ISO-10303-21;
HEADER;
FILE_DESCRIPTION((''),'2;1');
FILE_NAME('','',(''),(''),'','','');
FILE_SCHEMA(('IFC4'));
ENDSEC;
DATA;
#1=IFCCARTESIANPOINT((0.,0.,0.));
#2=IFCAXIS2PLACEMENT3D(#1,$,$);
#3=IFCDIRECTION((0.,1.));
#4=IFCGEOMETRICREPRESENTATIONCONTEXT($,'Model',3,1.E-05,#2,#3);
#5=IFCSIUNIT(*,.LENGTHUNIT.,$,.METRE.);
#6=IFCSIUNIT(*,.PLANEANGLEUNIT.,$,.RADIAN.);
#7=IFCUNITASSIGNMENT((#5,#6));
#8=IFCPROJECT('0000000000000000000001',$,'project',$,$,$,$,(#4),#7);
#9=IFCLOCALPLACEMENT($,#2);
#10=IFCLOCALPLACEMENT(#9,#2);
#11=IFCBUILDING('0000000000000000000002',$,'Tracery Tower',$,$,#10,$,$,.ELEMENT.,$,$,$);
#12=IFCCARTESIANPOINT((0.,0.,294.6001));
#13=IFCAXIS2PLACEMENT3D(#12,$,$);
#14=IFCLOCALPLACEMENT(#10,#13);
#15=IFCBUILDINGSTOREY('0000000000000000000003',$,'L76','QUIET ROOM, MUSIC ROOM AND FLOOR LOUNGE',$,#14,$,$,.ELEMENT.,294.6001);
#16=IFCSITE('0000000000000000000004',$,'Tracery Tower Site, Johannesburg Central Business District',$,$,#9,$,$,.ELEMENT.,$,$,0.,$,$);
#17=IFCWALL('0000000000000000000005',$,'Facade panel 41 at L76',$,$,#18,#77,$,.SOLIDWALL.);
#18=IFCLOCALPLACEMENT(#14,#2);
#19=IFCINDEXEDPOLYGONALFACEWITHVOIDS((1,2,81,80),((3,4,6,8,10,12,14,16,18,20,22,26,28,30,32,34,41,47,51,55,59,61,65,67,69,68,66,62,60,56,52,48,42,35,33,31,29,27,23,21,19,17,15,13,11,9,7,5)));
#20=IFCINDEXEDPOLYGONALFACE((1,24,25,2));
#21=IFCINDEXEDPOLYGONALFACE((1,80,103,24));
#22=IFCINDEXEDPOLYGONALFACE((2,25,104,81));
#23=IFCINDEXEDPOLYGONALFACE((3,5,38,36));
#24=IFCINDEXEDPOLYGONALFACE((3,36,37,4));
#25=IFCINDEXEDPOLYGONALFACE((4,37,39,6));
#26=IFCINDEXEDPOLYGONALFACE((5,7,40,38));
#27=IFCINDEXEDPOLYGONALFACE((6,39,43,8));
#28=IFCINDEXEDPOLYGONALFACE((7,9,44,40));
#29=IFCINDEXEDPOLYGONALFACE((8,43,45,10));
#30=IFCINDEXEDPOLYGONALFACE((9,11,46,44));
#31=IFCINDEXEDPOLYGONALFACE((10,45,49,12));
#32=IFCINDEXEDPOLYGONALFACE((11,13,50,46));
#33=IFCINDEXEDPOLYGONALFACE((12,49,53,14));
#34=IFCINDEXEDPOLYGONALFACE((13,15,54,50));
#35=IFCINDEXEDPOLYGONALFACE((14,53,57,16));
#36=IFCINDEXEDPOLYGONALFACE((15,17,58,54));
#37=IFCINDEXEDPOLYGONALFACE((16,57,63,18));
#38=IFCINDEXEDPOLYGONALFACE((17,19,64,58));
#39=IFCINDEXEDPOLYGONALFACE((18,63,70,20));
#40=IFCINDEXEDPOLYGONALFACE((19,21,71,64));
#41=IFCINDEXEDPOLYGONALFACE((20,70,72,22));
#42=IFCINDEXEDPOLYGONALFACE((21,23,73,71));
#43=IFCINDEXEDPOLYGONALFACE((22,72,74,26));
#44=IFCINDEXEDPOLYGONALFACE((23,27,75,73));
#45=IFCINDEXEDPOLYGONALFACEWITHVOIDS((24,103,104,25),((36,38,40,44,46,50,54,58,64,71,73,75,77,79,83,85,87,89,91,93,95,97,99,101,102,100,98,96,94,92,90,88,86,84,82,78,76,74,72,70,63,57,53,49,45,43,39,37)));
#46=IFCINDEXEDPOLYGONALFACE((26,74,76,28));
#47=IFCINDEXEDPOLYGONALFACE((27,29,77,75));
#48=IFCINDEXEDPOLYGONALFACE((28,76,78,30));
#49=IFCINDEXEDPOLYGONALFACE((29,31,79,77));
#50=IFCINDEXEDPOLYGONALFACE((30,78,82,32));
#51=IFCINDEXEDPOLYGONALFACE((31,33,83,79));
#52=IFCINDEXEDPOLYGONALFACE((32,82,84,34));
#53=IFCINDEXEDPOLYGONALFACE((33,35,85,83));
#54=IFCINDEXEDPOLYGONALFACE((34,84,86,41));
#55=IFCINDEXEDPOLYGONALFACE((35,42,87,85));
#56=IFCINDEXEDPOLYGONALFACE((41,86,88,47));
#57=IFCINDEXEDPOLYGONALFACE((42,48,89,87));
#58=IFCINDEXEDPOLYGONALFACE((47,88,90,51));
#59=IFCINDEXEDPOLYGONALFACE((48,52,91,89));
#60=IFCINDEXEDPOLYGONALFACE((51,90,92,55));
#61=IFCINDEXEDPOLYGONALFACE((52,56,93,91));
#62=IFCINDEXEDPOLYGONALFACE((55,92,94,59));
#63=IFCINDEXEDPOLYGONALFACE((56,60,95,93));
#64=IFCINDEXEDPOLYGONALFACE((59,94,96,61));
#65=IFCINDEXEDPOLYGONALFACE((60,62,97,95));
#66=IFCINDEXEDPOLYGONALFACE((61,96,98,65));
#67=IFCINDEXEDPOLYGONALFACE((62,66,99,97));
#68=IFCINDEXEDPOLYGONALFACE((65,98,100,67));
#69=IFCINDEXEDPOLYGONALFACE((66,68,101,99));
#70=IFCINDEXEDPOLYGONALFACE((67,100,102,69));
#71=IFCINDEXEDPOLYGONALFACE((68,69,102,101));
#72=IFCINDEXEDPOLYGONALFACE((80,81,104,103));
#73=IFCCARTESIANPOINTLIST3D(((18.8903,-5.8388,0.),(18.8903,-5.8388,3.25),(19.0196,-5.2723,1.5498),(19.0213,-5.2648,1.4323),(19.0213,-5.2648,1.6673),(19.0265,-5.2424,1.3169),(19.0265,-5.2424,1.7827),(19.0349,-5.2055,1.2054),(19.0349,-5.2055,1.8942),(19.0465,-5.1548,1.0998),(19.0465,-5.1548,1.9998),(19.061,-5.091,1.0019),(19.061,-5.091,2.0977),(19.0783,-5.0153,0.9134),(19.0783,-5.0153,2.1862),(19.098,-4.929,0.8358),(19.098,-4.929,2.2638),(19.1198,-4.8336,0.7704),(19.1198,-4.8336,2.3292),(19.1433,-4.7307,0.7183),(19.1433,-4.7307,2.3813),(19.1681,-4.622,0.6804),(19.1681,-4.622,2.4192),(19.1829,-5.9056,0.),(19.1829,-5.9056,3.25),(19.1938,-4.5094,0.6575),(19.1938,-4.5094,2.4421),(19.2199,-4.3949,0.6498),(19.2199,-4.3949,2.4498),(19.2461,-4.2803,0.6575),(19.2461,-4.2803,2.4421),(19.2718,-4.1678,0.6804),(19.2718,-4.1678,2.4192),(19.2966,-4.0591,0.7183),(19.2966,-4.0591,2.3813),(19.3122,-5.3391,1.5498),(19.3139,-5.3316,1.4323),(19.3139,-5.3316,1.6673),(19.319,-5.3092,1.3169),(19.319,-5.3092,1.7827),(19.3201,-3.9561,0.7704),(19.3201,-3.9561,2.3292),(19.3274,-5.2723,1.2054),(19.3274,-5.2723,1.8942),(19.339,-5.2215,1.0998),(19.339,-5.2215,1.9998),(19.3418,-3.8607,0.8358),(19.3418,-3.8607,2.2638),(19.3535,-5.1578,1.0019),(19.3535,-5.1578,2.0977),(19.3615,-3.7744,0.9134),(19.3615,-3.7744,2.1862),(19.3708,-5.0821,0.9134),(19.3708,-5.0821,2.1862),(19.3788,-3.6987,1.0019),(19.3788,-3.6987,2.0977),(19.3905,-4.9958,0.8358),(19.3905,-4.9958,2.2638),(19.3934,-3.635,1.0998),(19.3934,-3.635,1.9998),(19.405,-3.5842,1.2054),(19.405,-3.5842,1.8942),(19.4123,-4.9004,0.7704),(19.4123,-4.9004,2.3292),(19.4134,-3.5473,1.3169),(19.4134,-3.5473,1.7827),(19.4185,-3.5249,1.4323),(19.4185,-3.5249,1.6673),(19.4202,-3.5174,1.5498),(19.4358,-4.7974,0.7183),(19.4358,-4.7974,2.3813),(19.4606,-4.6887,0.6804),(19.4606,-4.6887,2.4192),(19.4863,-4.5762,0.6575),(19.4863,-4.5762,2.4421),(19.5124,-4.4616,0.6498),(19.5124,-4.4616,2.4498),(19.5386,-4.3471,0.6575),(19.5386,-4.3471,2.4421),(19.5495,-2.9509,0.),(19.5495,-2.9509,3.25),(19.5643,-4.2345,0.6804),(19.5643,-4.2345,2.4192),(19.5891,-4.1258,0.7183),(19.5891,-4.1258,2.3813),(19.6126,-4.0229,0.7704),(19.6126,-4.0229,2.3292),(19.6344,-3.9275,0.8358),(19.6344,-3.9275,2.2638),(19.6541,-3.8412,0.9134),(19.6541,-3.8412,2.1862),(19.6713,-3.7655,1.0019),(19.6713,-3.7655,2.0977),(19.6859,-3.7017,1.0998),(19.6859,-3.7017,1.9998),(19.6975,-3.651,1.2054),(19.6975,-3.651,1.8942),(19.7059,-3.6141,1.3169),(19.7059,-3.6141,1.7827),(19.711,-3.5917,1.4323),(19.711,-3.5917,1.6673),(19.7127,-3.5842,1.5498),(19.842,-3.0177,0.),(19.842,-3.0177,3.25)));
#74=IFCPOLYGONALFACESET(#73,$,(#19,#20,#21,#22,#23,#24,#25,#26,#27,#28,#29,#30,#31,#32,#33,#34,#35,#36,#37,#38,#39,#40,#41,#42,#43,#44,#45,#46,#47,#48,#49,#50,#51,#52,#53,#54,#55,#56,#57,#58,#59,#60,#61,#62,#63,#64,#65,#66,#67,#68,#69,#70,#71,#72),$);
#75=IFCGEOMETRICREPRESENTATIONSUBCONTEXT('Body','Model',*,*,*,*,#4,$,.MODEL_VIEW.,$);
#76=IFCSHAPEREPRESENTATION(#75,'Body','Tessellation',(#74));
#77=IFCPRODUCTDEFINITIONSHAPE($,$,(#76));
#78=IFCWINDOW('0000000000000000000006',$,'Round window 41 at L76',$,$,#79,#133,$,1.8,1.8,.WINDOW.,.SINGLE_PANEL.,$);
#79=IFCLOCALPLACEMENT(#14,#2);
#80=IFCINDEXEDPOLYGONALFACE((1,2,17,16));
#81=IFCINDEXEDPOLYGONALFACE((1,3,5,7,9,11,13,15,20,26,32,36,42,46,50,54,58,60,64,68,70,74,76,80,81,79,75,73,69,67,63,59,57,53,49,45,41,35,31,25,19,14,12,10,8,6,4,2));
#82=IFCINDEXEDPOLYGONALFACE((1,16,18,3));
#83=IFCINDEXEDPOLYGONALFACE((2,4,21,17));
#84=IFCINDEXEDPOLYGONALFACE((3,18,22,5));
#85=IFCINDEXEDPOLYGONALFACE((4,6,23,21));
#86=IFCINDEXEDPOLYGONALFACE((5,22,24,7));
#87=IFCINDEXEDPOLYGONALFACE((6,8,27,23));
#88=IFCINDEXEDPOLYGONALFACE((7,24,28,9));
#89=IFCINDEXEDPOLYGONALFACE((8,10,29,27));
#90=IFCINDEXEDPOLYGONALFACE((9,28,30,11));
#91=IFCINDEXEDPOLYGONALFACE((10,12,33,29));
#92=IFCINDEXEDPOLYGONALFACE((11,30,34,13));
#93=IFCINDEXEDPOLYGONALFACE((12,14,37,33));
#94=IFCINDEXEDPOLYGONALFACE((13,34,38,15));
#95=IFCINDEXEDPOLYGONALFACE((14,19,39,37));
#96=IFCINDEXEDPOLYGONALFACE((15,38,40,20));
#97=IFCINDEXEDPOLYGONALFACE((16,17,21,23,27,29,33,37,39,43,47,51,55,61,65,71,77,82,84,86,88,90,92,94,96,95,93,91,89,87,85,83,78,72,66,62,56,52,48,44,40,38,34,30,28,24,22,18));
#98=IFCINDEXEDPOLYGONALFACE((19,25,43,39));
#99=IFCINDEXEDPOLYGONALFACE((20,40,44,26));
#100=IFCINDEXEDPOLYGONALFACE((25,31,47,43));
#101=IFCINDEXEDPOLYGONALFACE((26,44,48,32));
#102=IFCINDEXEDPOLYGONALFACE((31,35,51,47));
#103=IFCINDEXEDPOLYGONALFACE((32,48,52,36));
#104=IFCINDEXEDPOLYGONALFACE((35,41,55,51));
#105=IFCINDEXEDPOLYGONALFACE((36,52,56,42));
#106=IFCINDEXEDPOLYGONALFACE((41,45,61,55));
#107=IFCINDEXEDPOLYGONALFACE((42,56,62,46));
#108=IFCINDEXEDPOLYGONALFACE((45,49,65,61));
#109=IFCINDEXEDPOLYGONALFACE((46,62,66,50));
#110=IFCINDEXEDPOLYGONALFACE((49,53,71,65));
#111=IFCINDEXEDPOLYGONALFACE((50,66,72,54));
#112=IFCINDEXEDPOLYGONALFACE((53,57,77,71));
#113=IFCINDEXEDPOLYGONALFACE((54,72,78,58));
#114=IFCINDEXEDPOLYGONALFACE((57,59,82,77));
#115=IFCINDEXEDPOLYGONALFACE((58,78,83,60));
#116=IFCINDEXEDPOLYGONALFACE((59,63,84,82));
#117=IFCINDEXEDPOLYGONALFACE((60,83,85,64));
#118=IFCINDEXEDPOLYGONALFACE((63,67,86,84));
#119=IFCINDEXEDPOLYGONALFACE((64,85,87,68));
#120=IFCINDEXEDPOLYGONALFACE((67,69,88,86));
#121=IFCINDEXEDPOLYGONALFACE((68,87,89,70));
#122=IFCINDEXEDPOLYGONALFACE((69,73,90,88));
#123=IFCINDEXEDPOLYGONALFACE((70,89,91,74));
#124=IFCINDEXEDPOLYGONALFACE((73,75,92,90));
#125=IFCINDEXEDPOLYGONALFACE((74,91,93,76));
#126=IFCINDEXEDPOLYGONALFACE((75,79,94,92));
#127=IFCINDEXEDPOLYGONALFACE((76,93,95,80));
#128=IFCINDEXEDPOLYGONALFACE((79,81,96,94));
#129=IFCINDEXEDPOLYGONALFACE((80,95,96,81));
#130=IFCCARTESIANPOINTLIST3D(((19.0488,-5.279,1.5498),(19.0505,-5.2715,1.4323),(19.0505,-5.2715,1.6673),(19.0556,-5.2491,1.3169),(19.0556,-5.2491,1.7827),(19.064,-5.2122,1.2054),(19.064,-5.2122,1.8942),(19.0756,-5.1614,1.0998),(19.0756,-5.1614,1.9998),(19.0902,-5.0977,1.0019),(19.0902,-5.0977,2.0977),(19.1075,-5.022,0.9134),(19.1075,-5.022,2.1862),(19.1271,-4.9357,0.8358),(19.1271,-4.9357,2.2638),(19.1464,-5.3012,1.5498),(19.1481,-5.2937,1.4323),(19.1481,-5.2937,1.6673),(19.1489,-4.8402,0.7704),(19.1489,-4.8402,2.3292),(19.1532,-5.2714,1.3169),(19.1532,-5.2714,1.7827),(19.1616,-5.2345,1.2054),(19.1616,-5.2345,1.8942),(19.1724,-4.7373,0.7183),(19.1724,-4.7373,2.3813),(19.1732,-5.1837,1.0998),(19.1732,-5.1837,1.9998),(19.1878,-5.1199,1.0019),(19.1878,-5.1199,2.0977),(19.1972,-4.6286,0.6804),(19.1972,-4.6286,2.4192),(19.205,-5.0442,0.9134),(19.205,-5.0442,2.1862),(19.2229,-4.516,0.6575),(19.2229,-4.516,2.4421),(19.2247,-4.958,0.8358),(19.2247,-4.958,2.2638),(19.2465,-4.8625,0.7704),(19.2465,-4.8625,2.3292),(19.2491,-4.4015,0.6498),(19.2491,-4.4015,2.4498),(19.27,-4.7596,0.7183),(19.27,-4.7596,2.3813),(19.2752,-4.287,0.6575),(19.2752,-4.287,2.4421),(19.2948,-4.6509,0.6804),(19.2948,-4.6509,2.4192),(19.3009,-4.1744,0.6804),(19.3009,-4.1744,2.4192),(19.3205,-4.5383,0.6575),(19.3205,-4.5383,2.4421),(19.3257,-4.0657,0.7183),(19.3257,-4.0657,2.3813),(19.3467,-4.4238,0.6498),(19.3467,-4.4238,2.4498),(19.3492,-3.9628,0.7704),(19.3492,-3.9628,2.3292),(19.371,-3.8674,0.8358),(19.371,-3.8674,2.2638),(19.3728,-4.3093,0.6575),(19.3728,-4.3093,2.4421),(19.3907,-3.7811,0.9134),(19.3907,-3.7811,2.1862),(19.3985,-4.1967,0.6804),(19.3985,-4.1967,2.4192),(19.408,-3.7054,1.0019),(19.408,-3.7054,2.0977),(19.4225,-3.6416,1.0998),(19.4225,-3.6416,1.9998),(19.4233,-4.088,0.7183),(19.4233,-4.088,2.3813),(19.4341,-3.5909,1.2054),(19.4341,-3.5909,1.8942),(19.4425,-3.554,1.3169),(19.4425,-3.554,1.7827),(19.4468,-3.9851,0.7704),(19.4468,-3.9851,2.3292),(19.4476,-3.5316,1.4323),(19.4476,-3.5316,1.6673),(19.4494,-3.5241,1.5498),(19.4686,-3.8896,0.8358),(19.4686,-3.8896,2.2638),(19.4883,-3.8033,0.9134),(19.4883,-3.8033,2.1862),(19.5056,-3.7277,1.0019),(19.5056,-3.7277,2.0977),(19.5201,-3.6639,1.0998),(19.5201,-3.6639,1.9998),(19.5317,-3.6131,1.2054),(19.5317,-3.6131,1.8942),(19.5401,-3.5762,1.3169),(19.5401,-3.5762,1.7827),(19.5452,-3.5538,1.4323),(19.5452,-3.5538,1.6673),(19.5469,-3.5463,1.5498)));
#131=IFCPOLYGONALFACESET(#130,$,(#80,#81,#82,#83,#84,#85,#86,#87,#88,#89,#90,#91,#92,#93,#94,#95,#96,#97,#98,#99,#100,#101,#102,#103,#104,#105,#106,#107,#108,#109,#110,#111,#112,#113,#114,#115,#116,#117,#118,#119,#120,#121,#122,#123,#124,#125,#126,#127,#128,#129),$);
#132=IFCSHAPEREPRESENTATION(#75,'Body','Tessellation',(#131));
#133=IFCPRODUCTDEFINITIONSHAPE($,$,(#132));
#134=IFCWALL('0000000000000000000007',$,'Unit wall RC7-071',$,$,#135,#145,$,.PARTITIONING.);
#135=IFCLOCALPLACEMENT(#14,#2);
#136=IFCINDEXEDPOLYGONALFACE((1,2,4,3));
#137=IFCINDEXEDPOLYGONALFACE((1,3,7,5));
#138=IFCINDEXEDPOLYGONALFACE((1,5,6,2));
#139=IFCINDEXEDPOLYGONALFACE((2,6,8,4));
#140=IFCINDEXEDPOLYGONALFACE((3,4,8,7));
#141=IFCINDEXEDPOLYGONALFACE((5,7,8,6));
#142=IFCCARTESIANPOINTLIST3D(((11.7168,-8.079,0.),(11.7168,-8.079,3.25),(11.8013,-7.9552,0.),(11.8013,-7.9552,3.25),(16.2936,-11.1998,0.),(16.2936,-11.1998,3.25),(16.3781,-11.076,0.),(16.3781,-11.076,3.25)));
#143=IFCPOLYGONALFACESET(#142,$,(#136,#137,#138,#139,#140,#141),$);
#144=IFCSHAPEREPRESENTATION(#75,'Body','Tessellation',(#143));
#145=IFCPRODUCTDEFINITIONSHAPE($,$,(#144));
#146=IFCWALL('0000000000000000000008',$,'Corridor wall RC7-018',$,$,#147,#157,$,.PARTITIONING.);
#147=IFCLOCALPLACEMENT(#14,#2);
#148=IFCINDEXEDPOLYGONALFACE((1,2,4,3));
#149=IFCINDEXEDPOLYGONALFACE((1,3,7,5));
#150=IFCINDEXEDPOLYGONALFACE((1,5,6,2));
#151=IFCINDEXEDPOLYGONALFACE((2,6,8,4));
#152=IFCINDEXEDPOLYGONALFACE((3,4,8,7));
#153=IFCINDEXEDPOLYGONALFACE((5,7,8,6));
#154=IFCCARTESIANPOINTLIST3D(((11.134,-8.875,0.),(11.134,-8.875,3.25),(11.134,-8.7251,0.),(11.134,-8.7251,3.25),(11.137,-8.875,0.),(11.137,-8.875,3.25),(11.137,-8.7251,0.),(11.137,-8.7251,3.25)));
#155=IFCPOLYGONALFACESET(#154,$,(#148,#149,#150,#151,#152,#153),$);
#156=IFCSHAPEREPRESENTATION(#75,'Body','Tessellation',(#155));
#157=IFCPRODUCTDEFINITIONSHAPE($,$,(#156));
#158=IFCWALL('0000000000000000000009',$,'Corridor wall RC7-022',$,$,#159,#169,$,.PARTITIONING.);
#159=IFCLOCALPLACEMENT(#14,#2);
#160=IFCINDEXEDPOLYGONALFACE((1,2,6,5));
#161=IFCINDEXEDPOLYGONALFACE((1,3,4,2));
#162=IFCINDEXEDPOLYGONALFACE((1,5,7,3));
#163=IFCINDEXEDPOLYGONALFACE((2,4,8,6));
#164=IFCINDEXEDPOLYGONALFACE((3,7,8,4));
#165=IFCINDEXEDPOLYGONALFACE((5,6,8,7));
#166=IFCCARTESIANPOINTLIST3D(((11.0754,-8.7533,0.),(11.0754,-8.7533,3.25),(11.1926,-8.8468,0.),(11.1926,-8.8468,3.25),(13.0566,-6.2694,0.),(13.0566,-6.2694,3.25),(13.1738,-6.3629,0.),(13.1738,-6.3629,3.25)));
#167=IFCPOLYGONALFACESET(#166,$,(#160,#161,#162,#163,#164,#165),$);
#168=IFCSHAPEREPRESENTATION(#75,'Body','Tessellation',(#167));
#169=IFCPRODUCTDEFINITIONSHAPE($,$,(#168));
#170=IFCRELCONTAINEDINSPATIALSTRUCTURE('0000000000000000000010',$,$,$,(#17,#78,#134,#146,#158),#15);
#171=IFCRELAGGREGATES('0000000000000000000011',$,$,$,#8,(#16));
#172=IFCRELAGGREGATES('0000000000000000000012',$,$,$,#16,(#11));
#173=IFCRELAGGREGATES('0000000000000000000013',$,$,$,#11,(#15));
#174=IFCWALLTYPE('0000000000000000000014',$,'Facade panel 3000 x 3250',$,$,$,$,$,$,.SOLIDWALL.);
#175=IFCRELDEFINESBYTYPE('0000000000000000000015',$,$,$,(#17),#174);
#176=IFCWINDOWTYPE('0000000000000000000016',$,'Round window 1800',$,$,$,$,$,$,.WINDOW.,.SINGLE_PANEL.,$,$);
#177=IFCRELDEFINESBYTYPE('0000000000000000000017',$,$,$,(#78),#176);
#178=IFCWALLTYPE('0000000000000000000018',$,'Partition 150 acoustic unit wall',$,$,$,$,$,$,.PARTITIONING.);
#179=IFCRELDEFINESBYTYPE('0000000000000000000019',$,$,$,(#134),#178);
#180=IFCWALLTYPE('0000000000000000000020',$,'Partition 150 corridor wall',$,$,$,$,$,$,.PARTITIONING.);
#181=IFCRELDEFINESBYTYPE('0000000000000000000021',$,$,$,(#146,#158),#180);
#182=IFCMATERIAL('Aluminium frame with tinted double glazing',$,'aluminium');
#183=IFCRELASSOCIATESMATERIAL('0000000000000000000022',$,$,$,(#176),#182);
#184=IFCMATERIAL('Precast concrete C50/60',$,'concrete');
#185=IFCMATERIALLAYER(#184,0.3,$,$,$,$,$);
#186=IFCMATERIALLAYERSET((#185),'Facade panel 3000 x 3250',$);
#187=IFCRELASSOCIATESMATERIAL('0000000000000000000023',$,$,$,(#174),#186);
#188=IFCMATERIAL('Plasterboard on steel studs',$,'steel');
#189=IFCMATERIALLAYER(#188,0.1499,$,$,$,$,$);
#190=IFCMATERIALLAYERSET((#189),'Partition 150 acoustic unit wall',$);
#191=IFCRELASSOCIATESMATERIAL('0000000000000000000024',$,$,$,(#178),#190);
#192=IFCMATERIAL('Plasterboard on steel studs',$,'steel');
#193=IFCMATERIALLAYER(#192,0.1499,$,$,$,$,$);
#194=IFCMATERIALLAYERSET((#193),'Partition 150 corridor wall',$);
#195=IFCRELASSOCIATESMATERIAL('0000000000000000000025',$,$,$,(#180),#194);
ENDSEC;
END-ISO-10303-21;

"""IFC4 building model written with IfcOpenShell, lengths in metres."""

from ifc_helpers import new_model, si_unit, direction, frame, frame_2d, origin, origin_2d, place, context, subcontext, project, spatial, rectangle, circle, extrude, material, layer, layer_set, type_object, element, fill, save


model = new_model("IFC4")

# Units and contexts
model_context = context("Model", 3, precision=1e-05, world=origin(), true_north=direction((0.0, 1.0)))
body_context = subcontext(model_context, "Body", "Model", "MODEL_VIEW")
ifc_project = project(units=[si_unit("LENGTHUNIT", "METRE"), si_unit("PLANEANGLEUNIT", "RADIAN")], contexts=[model_context])

# Site, building, storey
site_placement = place(None, origin())
site = spatial("IfcSite", under=ifc_project, at=site_placement, Name="Tracery Tower Site, Johannesburg Central Business District", CompositionType="ELEMENT", RefElevation=0.0)
building_placement = place(site_placement, origin())
building = spatial("IfcBuilding", under=site, at=building_placement, Name="Tracery Tower", CompositionType="ELEMENT")
storey_placement = place(building_placement, frame((0.0, 0.0, 294.6001)))
storey = spatial("IfcBuildingStorey", under=building, at=storey_placement, Name="L76", Description="QUIET ROOM, MUSIC ROOM AND FLOOR LOUNGE", CompositionType="ELEMENT", Elevation=294.6001)

# Wall, opening, window
ifc_material_1 = material(Name="Aluminium frame with tinted double glazing", Category="aluminium")
window_type = type_object("IfcWindowType", Name="Round window 1800", PartitioningType="SINGLE_PANEL", PredefinedType="WINDOW", material=ifc_material_1)
ifc_material_2 = material(Name="Precast concrete C50/60", Category="concrete")
ifc_layer_1 = layer(ifc_material_2, 0.3)
ifc_layer_set_1 = layer_set([ifc_layer_1], Name="Facade panel 3000 x 3250")
wall_type_1 = type_object("IfcWallType", Name="Facade panel 3000 x 3250", PredefinedType="SOLIDWALL", material=ifc_layer_set_1)
wall_1_placement = place(storey_placement, frame((19.0366, -5.8721, 0.0), z_axis=(0.0, 0.0, 1.0), x_axis=(0.222529, 0.974926, 0.0)))
wall_1 = element("IfcWall", 1, at=wall_1_placement, inside=storey, type_object=wall_type_1, Name="Facade panel 41 at L76", PredefinedType="SOLIDWALL", context=body_context, shape_type="SweptSolid", body=[
    extrude(rectangle(XDim=2.9622, YDim=0.3, at=frame_2d((1.481, 0.0))), origin(), (0.0, 0.0, 1.0), 3.25),
])
opening_1_placement = place(wall_1_placement, frame((1.481, 0.0, 1.5498)))
opening_1 = element("IfcOpeningElement", 2, at=opening_1_placement, cuts=wall_1, PredefinedType="OPENING", context=body_context, shape_type="SweptSolid", body=[
    extrude(circle(Radius=0.9, at=origin_2d()), frame((0.0, 0.1599, 0.0), z_axis=(0.0, -1.0, 0.0), x_axis=(1.0, 0.0, 0.0)), (0.0, 0.0, 1.0), 0.3201),
])
window_1_placement = place(opening_1_placement, origin())
window_1 = element("IfcWindow", 3, at=window_1_placement, inside=storey, type_object=window_type, Name="Round window 41 at L76", OverallHeight=1.8, OverallWidth=1.8, PartitioningType="SINGLE_PANEL", PredefinedType="WINDOW", context=body_context, shape_type="SweptSolid", body=[
    extrude(circle(Radius=0.9, at=origin_2d()), frame((0.0, 0.1201, 0.0), z_axis=(0.0, -1.0, 0.0), x_axis=(1.0, 0.0, 0.0)), (0.0, 0.0, 1.0), 0.1001),
])
fill(opening_1, window_1)

# Walls
ifc_material_3 = material(Name="Plasterboard on steel studs", Category="steel")
ifc_layer_2 = layer(ifc_material_3, 0.1499)
ifc_layer_set_2 = layer_set([ifc_layer_2], Name="Partition 150 acoustic unit wall")
wall_type_2 = type_object("IfcWallType", Name="Partition 150 acoustic unit wall", PredefinedType="PARTITIONING", material=ifc_layer_set_2)
wall_2_placement = place(storey_placement, frame((11.759, -8.0171, 0.0), z_axis=(0.0, 0.0, 1.0), x_axis=(0.826208, -0.563366, 0.0)))
element("IfcWall", 4, at=wall_2_placement, inside=storey, type_object=wall_type_2, Name="Unit wall RC7-071", PredefinedType="PARTITIONING", context=body_context, shape_type="SweptSolid", body=[
    extrude(rectangle(XDim=5.5396, YDim=0.1499, at=frame_2d((2.7698, 0.0))), origin(), (0.0, 0.0, 1.0), 3.25),
])
ifc_material_4 = material(Name="Plasterboard on steel studs", Category="steel")
ifc_layer_3 = layer(ifc_material_4, 0.1499)
ifc_layer_set_3 = layer_set([ifc_layer_3], Name="Partition 150 corridor wall")
wall_type_3 = type_object("IfcWallType", Name="Partition 150 corridor wall", PredefinedType="PARTITIONING", material=ifc_layer_set_3)
wall_3_placement = place(storey_placement, frame((11.137, -8.8, 0.0), z_axis=(0.0, 0.0, 1.0), x_axis=(-1.0, 0.0, 0.0)))
element("IfcWall", 5, at=wall_3_placement, inside=storey, type_object=wall_type_3, Name="Corridor wall RC7-018", PredefinedType="PARTITIONING", context=body_context, shape_type="SweptSolid", body=[
    extrude(rectangle(XDim=0.0029, YDim=0.1499, at=frame_2d((0.0015, 0.0))), origin(), (0.0, 0.0, 1.0), 3.25),
])
wall_4_placement = place(storey_placement, frame((11.134, -8.8, 0.0), z_axis=(0.0, 0.0, 1.0), x_axis=(0.623561, 0.781775, 0.0)))
element("IfcWall", 6, at=wall_4_placement, inside=storey, type_object=wall_type_3, Name="Corridor wall RC7-022", PredefinedType="PARTITIONING", context=body_context, shape_type="SweptSolid", body=[
    extrude(rectangle(XDim=3.1772, YDim=0.1499, at=frame_2d((1.5886, 0.0))), origin(), (0.0, 0.0, 1.0), 3.25),
])

save(model, "model.ifc")
